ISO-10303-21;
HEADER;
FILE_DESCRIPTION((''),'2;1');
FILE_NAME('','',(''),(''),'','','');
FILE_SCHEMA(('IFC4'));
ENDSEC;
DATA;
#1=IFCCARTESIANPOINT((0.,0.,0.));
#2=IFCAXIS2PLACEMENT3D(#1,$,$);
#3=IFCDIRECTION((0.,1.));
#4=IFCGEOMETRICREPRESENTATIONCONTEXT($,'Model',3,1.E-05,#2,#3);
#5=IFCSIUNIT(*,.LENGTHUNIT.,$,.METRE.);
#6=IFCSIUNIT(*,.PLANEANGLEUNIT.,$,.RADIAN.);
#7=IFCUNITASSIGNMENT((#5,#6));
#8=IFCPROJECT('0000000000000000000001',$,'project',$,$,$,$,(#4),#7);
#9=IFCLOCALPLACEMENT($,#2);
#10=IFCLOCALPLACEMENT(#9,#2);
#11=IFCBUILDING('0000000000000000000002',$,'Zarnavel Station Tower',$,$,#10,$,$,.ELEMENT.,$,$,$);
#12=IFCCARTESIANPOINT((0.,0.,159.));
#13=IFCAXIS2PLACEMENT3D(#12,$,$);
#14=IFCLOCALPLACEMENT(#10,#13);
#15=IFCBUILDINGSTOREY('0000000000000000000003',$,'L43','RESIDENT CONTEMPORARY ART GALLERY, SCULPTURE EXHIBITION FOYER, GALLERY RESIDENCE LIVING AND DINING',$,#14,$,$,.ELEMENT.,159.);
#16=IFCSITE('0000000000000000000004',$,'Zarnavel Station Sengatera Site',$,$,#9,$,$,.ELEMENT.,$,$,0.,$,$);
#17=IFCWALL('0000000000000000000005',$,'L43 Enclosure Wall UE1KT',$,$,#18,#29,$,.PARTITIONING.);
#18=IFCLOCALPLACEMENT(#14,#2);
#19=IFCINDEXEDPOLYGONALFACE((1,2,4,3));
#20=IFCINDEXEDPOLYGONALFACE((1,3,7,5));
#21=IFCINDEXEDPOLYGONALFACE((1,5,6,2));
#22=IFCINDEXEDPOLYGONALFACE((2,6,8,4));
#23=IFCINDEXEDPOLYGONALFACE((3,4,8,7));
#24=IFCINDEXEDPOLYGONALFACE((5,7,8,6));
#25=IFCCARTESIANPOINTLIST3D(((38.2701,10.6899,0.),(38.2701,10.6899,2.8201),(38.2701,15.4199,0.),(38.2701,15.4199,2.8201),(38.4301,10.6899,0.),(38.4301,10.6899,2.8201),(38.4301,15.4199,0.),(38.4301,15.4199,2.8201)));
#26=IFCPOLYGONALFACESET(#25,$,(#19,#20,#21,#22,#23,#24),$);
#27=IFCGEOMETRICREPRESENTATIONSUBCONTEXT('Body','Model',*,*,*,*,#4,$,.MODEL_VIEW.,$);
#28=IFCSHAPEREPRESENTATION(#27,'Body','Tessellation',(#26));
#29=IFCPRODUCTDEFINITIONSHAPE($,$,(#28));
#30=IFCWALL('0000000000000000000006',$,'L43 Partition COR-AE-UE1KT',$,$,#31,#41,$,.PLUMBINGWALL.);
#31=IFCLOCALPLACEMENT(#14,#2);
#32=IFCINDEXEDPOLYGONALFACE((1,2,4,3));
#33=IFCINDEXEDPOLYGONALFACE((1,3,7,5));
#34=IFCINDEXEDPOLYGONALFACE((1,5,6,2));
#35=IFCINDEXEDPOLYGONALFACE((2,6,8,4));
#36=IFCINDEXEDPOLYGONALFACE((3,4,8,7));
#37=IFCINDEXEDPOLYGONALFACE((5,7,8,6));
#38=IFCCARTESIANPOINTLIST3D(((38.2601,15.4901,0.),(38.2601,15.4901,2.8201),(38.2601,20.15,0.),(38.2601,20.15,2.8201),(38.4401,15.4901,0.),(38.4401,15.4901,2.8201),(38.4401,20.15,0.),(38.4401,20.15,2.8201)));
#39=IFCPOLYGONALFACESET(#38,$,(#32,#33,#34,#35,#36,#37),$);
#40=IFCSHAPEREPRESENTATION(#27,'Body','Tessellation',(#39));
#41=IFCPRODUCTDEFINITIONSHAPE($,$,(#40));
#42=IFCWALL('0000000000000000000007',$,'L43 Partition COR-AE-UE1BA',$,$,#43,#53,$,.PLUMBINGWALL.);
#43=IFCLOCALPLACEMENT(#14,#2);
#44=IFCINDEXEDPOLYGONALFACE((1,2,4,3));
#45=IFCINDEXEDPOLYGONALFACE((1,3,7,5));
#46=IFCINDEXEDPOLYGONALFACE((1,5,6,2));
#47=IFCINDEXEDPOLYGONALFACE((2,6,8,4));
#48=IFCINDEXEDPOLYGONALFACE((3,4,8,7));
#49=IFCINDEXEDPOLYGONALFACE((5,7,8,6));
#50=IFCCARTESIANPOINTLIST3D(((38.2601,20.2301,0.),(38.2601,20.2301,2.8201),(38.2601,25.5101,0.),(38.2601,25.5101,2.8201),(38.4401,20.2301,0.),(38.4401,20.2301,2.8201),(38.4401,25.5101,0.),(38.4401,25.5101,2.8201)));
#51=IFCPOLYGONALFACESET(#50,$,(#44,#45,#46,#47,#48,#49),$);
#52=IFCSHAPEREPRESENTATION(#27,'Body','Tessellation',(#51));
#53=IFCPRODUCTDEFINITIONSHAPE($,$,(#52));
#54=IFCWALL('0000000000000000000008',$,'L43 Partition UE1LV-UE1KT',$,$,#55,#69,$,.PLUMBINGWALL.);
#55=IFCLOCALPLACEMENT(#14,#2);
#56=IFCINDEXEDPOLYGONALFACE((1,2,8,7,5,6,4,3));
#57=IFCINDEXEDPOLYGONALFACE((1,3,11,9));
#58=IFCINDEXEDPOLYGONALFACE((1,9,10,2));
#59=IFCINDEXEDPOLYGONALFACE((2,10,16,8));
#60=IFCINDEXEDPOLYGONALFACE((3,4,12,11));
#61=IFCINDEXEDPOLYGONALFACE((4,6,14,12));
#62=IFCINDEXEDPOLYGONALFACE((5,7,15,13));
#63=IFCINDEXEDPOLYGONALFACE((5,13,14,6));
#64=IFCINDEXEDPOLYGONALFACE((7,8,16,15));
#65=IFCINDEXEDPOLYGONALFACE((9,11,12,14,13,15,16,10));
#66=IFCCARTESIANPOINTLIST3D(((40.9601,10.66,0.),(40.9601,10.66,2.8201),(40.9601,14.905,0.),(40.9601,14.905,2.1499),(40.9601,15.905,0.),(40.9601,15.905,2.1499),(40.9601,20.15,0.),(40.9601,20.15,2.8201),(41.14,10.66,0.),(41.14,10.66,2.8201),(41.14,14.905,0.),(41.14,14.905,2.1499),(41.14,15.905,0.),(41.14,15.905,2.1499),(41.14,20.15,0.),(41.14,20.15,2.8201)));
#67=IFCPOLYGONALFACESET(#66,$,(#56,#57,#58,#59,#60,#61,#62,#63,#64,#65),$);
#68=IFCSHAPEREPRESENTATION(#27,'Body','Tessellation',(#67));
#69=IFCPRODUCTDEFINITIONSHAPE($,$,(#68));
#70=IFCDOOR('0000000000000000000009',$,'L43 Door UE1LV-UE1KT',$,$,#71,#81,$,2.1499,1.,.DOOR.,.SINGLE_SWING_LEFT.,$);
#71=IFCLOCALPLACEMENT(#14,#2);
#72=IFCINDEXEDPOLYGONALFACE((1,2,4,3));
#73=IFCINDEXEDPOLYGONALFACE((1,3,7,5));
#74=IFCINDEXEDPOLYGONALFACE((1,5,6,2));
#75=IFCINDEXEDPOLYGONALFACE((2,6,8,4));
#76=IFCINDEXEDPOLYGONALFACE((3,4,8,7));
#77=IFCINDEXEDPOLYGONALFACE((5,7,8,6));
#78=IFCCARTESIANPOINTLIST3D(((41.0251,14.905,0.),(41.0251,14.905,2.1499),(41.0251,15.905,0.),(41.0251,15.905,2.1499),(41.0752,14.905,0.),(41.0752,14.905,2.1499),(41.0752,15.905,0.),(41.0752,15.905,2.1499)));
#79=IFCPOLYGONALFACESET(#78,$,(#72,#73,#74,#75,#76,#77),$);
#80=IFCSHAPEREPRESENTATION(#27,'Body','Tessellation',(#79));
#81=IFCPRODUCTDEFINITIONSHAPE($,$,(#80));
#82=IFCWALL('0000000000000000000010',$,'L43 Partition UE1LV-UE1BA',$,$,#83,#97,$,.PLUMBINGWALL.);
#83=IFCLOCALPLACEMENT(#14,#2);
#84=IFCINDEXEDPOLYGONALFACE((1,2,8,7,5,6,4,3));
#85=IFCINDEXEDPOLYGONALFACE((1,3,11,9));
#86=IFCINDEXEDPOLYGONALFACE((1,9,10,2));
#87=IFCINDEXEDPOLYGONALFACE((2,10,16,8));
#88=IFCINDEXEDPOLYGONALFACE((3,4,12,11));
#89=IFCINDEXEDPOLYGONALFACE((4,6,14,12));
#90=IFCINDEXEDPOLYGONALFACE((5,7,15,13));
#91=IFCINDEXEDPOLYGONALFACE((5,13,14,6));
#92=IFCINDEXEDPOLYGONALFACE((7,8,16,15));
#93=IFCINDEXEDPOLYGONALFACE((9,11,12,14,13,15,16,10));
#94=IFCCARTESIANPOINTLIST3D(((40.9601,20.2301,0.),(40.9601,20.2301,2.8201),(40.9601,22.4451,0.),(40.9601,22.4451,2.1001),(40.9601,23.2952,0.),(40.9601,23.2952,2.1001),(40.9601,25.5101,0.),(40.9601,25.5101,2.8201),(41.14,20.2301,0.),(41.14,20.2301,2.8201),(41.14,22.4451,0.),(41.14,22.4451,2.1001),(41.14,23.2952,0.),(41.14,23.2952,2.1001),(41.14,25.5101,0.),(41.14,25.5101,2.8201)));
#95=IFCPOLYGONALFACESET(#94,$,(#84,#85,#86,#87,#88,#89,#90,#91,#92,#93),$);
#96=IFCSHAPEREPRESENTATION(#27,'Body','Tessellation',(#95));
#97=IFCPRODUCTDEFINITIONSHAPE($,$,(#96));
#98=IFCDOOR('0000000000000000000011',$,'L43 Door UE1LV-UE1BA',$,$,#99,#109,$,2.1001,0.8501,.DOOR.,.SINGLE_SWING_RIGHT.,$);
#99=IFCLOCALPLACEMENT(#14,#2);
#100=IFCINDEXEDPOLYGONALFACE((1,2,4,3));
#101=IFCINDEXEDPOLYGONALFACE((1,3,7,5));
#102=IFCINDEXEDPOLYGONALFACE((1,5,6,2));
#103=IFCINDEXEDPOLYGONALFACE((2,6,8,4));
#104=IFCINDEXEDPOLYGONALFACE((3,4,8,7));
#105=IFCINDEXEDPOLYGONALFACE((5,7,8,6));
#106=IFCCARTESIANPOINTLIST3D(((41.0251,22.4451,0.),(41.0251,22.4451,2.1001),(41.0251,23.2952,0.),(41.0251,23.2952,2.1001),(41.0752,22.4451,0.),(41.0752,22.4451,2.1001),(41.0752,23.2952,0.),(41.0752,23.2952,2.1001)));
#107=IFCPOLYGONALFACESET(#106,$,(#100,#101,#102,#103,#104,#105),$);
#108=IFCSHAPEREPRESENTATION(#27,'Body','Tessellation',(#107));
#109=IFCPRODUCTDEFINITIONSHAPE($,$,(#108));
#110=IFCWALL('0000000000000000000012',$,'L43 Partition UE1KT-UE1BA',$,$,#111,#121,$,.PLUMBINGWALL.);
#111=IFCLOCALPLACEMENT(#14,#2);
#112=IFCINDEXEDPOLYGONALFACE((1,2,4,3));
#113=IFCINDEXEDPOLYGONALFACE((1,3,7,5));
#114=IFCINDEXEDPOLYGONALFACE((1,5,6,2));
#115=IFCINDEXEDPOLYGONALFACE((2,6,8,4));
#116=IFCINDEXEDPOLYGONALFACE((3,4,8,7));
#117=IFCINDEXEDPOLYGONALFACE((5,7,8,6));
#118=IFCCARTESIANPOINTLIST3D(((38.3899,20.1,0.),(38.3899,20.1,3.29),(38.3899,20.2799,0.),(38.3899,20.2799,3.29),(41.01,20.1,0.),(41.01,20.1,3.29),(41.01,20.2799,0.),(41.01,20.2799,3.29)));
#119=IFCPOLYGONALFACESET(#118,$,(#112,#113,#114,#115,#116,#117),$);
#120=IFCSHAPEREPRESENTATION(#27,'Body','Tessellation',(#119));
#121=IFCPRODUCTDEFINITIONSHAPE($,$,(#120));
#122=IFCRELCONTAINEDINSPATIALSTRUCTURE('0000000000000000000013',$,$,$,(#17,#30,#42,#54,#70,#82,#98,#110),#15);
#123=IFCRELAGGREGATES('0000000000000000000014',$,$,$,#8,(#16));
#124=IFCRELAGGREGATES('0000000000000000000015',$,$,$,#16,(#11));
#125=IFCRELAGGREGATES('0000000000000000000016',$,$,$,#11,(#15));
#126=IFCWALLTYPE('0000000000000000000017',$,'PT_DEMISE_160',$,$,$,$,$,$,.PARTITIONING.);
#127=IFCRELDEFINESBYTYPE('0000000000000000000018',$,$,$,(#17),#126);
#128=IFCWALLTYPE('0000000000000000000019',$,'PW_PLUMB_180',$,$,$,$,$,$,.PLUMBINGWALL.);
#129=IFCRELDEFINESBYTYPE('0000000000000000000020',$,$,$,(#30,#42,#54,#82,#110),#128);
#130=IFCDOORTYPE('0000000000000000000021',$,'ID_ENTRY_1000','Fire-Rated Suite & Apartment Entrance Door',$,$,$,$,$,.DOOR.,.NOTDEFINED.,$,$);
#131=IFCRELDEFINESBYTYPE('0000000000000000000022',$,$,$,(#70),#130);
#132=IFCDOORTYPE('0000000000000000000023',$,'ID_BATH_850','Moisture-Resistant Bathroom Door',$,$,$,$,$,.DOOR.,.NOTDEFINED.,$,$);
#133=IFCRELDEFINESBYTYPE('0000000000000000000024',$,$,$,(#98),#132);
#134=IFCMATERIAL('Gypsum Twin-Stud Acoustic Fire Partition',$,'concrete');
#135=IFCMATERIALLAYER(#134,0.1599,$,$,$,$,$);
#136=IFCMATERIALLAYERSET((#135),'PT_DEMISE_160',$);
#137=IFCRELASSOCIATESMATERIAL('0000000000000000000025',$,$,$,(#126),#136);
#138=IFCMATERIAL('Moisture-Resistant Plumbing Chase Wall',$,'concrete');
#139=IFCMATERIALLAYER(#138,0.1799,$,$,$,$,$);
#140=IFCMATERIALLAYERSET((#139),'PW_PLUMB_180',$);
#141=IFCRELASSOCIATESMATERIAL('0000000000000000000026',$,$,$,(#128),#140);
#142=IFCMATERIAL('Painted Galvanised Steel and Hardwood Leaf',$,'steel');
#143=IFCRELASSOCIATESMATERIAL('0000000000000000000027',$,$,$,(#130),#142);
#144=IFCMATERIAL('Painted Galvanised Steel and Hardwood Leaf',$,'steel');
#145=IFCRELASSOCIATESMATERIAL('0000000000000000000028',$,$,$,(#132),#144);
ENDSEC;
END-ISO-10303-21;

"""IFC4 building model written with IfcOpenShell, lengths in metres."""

from ifc_helpers import new_model, si_unit, direction, frame, frame_2d, origin, place, context, subcontext, project, spatial, rectangle, extrude, material, layer, layer_set, type_object, element, fill, save


model = new_model("IFC4")

# Units and contexts
model_context = context("Model", 3, precision=1e-05, world=origin(), true_north=direction((0.0, 1.0)))
body_context = subcontext(model_context, "Body", "Model", "MODEL_VIEW")
ifc_project = project(units=[si_unit("LENGTHUNIT", "METRE"), si_unit("PLANEANGLEUNIT", "RADIAN")], contexts=[model_context])

# Site, building, storey
site_placement = place(None, origin())
site = spatial("IfcSite", under=ifc_project, at=site_placement, Name="Zarnavel Station Sengatera Site", CompositionType="ELEMENT", RefElevation=0.0)
building_placement = place(site_placement, origin())
building = spatial("IfcBuilding", under=site, at=building_placement, Name="Zarnavel Station Tower", CompositionType="ELEMENT")
storey_placement = place(building_placement, frame((0.0, 0.0, 159.0)))
storey = spatial("IfcBuildingStorey", under=building, at=storey_placement, Name="L43", Description="RESIDENT CONTEMPORARY ART GALLERY, SCULPTURE EXHIBITION FOYER, GALLERY RESIDENCE LIVING AND DINING", CompositionType="ELEMENT", Elevation=159.0)

# Walls
ifc_material_1 = material(Name="Gypsum Twin-Stud Acoustic Fire Partition", Category="concrete")
ifc_layer_1 = layer(ifc_material_1, 0.1599)
ifc_layer_set_1 = layer_set([ifc_layer_1], Name="PT_DEMISE_160")
wall_type_1 = type_object("IfcWallType", Name="PT_DEMISE_160", PredefinedType="PARTITIONING", material=ifc_layer_set_1)
wall_1_placement = place(storey_placement, frame((38.3501, 10.6899, 0.0), z_axis=(0.0, 0.0, 1.0), x_axis=(0.0, 1.0, 0.0)))
element("IfcWall", 1, at=wall_1_placement, inside=storey, type_object=wall_type_1, Name="L43 Enclosure Wall UE1KT", PredefinedType="PARTITIONING", context=body_context, shape_type="SweptSolid", body=[
    extrude(rectangle(XDim=4.73, YDim=0.1599, at=frame_2d((2.365, 0.0))), origin(), (0.0, 0.0, 1.0), 2.8201),
])
ifc_material_2 = material(Name="Moisture-Resistant Plumbing Chase Wall", Category="concrete")
ifc_layer_2 = layer(ifc_material_2, 0.1799)
ifc_layer_set_2 = layer_set([ifc_layer_2], Name="PW_PLUMB_180")
wall_type_2 = type_object("IfcWallType", Name="PW_PLUMB_180", PredefinedType="PLUMBINGWALL", material=ifc_layer_set_2)
wall_2_placement = place(storey_placement, frame((38.3501, 15.49, 0.0), z_axis=(0.0, 0.0, 1.0), x_axis=(0.0, 1.0, 0.0)))
element("IfcWall", 2, at=wall_2_placement, inside=storey, type_object=wall_type_2, Name="L43 Partition COR-AE-UE1KT", PredefinedType="PLUMBINGWALL", context=body_context, shape_type="SweptSolid", body=[
    extrude(rectangle(XDim=4.6599, YDim=0.1799, at=frame_2d((2.3301, 0.0))), origin(), (0.0, 0.0, 1.0), 2.8201),
])
wall_3_placement = place(storey_placement, frame((38.3501, 20.23, 0.0), z_axis=(0.0, 0.0, 1.0), x_axis=(0.0, 1.0, 0.0)))
element("IfcWall", 3, at=wall_3_placement, inside=storey, type_object=wall_type_2, Name="L43 Partition COR-AE-UE1BA", PredefinedType="PLUMBINGWALL", context=body_context, shape_type="SweptSolid", body=[
    extrude(rectangle(XDim=5.28, YDim=0.1799, at=frame_2d((2.6401, 0.0))), origin(), (0.0, 0.0, 1.0), 2.8201),
])

# Walls, openings, doors
wall_4_placement = place(storey_placement, frame((41.05, 10.6599, 0.0), z_axis=(0.0, 0.0, 1.0), x_axis=(0.0, 1.0, 0.0)))
wall_4 = element("IfcWall", 4, at=wall_4_placement, inside=storey, type_object=wall_type_2, Name="L43 Partition UE1LV-UE1KT", PredefinedType="PLUMBINGWALL", context=body_context, shape_type="SweptSolid", body=[
    extrude(rectangle(XDim=9.49, YDim=0.1799, at=frame_2d((4.7451, 0.0))), origin(), (0.0, 0.0, 1.0), 2.8201),
])
opening_1_placement = place(wall_4_placement, frame((4.2451, 0.0, 0.0)))
opening_1 = element("IfcOpeningElement", 5, at=opening_1_placement, cuts=wall_4, PredefinedType="OPENING", context=body_context, shape_type="SweptSolid", body=[
    extrude(rectangle(XDim=1.0, YDim=2.1499, at=frame_2d((0.5, 1.075))), frame((0.0, 0.0999, 0.0), z_axis=(0.0, -1.0, 0.0), x_axis=(1.0, 0.0, 0.0)), (0.0, 0.0, 1.0), 0.2),
])
ifc_material_3 = material(Name="Painted Galvanised Steel and Hardwood Leaf", Category="steel")
door_type_1 = type_object("IfcDoorType", Name="ID_ENTRY_1000", Description="Fire-Rated Suite & Apartment Entrance Door", OperationType="NOTDEFINED", PredefinedType="DOOR", material=ifc_material_3)
door_1_placement = place(opening_1_placement, origin())
door_1 = element("IfcDoor", 6, at=door_1_placement, inside=storey, type_object=door_type_1, Name="L43 Door UE1LV-UE1KT", OperationType="SINGLE_SWING_LEFT", OverallHeight=2.1499, OverallWidth=1.0, PredefinedType="DOOR", context=body_context, shape_type="SweptSolid", body=[
    extrude(rectangle(XDim=1.0, YDim=2.1499, at=frame_2d((0.5, 1.075))), frame((0.0, 0.0249, 0.0), z_axis=(0.0, -1.0, 0.0), x_axis=(1.0, 0.0, 0.0)), (0.0, 0.0, 1.0), 0.05),
])
fill(opening_1, door_1)
wall_5_placement = place(storey_placement, frame((41.05, 20.23, 0.0), z_axis=(0.0, 0.0, 1.0), x_axis=(0.0, 1.0, 0.0)))
wall_5 = element("IfcWall", 7, at=wall_5_placement, inside=storey, type_object=wall_type_2, Name="L43 Partition UE1LV-UE1BA", PredefinedType="PLUMBINGWALL", context=body_context, shape_type="SweptSolid", body=[
    extrude(rectangle(XDim=5.28, YDim=0.1799, at=frame_2d((2.6401, 0.0))), origin(), (0.0, 0.0, 1.0), 2.8201),
])
opening_2_placement = place(wall_5_placement, frame((2.2151, 0.0, 0.0)))
opening_2 = element("IfcOpeningElement", 8, at=opening_2_placement, cuts=wall_5, PredefinedType="OPENING", context=body_context, shape_type="SweptSolid", body=[
    extrude(rectangle(XDim=0.8501, YDim=2.1001, at=frame_2d((0.425, 1.05))), frame((0.0, 0.0999, 0.0), z_axis=(0.0, -1.0, 0.0), x_axis=(1.0, 0.0, 0.0)), (0.0, 0.0, 1.0), 0.2),
])
ifc_material_4 = material(Name="Painted Galvanised Steel and Hardwood Leaf", Category="steel")
door_type_2 = type_object("IfcDoorType", Name="ID_BATH_850", Description="Moisture-Resistant Bathroom Door", OperationType="NOTDEFINED", PredefinedType="DOOR", material=ifc_material_4)
door_2_placement = place(opening_2_placement, origin())
door_2 = element("IfcDoor", 9, at=door_2_placement, inside=storey, type_object=door_type_2, Name="L43 Door UE1LV-UE1BA", OperationType="SINGLE_SWING_RIGHT", OverallHeight=2.1001, OverallWidth=0.8501, PredefinedType="DOOR", context=body_context, shape_type="SweptSolid", body=[
    extrude(rectangle(XDim=0.8501, YDim=2.1001, at=frame_2d((0.425, 1.05))), frame((0.0, 0.0249, 0.0), z_axis=(0.0, -1.0, 0.0), x_axis=(1.0, 0.0, 0.0)), (0.0, 0.0, 1.0), 0.05),
])
fill(opening_2, door_2)

# Wall
wall_6_placement = place(storey_placement, frame((38.3899, 20.1899, 0.0), z_axis=(0.0, 0.0, 1.0), x_axis=(1.0, 0.0, 0.0)))
element("IfcWall", 10, at=wall_6_placement, inside=storey, type_object=wall_type_2, Name="L43 Partition UE1KT-UE1BA", PredefinedType="PLUMBINGWALL", context=body_context, shape_type="SweptSolid", body=[
    extrude(rectangle(XDim=2.6201, YDim=0.1799, at=frame_2d((1.3101, 0.0))), origin(), (0.0, 0.0, 1.0), 3.29),
])

save(model, "model.ifc")
